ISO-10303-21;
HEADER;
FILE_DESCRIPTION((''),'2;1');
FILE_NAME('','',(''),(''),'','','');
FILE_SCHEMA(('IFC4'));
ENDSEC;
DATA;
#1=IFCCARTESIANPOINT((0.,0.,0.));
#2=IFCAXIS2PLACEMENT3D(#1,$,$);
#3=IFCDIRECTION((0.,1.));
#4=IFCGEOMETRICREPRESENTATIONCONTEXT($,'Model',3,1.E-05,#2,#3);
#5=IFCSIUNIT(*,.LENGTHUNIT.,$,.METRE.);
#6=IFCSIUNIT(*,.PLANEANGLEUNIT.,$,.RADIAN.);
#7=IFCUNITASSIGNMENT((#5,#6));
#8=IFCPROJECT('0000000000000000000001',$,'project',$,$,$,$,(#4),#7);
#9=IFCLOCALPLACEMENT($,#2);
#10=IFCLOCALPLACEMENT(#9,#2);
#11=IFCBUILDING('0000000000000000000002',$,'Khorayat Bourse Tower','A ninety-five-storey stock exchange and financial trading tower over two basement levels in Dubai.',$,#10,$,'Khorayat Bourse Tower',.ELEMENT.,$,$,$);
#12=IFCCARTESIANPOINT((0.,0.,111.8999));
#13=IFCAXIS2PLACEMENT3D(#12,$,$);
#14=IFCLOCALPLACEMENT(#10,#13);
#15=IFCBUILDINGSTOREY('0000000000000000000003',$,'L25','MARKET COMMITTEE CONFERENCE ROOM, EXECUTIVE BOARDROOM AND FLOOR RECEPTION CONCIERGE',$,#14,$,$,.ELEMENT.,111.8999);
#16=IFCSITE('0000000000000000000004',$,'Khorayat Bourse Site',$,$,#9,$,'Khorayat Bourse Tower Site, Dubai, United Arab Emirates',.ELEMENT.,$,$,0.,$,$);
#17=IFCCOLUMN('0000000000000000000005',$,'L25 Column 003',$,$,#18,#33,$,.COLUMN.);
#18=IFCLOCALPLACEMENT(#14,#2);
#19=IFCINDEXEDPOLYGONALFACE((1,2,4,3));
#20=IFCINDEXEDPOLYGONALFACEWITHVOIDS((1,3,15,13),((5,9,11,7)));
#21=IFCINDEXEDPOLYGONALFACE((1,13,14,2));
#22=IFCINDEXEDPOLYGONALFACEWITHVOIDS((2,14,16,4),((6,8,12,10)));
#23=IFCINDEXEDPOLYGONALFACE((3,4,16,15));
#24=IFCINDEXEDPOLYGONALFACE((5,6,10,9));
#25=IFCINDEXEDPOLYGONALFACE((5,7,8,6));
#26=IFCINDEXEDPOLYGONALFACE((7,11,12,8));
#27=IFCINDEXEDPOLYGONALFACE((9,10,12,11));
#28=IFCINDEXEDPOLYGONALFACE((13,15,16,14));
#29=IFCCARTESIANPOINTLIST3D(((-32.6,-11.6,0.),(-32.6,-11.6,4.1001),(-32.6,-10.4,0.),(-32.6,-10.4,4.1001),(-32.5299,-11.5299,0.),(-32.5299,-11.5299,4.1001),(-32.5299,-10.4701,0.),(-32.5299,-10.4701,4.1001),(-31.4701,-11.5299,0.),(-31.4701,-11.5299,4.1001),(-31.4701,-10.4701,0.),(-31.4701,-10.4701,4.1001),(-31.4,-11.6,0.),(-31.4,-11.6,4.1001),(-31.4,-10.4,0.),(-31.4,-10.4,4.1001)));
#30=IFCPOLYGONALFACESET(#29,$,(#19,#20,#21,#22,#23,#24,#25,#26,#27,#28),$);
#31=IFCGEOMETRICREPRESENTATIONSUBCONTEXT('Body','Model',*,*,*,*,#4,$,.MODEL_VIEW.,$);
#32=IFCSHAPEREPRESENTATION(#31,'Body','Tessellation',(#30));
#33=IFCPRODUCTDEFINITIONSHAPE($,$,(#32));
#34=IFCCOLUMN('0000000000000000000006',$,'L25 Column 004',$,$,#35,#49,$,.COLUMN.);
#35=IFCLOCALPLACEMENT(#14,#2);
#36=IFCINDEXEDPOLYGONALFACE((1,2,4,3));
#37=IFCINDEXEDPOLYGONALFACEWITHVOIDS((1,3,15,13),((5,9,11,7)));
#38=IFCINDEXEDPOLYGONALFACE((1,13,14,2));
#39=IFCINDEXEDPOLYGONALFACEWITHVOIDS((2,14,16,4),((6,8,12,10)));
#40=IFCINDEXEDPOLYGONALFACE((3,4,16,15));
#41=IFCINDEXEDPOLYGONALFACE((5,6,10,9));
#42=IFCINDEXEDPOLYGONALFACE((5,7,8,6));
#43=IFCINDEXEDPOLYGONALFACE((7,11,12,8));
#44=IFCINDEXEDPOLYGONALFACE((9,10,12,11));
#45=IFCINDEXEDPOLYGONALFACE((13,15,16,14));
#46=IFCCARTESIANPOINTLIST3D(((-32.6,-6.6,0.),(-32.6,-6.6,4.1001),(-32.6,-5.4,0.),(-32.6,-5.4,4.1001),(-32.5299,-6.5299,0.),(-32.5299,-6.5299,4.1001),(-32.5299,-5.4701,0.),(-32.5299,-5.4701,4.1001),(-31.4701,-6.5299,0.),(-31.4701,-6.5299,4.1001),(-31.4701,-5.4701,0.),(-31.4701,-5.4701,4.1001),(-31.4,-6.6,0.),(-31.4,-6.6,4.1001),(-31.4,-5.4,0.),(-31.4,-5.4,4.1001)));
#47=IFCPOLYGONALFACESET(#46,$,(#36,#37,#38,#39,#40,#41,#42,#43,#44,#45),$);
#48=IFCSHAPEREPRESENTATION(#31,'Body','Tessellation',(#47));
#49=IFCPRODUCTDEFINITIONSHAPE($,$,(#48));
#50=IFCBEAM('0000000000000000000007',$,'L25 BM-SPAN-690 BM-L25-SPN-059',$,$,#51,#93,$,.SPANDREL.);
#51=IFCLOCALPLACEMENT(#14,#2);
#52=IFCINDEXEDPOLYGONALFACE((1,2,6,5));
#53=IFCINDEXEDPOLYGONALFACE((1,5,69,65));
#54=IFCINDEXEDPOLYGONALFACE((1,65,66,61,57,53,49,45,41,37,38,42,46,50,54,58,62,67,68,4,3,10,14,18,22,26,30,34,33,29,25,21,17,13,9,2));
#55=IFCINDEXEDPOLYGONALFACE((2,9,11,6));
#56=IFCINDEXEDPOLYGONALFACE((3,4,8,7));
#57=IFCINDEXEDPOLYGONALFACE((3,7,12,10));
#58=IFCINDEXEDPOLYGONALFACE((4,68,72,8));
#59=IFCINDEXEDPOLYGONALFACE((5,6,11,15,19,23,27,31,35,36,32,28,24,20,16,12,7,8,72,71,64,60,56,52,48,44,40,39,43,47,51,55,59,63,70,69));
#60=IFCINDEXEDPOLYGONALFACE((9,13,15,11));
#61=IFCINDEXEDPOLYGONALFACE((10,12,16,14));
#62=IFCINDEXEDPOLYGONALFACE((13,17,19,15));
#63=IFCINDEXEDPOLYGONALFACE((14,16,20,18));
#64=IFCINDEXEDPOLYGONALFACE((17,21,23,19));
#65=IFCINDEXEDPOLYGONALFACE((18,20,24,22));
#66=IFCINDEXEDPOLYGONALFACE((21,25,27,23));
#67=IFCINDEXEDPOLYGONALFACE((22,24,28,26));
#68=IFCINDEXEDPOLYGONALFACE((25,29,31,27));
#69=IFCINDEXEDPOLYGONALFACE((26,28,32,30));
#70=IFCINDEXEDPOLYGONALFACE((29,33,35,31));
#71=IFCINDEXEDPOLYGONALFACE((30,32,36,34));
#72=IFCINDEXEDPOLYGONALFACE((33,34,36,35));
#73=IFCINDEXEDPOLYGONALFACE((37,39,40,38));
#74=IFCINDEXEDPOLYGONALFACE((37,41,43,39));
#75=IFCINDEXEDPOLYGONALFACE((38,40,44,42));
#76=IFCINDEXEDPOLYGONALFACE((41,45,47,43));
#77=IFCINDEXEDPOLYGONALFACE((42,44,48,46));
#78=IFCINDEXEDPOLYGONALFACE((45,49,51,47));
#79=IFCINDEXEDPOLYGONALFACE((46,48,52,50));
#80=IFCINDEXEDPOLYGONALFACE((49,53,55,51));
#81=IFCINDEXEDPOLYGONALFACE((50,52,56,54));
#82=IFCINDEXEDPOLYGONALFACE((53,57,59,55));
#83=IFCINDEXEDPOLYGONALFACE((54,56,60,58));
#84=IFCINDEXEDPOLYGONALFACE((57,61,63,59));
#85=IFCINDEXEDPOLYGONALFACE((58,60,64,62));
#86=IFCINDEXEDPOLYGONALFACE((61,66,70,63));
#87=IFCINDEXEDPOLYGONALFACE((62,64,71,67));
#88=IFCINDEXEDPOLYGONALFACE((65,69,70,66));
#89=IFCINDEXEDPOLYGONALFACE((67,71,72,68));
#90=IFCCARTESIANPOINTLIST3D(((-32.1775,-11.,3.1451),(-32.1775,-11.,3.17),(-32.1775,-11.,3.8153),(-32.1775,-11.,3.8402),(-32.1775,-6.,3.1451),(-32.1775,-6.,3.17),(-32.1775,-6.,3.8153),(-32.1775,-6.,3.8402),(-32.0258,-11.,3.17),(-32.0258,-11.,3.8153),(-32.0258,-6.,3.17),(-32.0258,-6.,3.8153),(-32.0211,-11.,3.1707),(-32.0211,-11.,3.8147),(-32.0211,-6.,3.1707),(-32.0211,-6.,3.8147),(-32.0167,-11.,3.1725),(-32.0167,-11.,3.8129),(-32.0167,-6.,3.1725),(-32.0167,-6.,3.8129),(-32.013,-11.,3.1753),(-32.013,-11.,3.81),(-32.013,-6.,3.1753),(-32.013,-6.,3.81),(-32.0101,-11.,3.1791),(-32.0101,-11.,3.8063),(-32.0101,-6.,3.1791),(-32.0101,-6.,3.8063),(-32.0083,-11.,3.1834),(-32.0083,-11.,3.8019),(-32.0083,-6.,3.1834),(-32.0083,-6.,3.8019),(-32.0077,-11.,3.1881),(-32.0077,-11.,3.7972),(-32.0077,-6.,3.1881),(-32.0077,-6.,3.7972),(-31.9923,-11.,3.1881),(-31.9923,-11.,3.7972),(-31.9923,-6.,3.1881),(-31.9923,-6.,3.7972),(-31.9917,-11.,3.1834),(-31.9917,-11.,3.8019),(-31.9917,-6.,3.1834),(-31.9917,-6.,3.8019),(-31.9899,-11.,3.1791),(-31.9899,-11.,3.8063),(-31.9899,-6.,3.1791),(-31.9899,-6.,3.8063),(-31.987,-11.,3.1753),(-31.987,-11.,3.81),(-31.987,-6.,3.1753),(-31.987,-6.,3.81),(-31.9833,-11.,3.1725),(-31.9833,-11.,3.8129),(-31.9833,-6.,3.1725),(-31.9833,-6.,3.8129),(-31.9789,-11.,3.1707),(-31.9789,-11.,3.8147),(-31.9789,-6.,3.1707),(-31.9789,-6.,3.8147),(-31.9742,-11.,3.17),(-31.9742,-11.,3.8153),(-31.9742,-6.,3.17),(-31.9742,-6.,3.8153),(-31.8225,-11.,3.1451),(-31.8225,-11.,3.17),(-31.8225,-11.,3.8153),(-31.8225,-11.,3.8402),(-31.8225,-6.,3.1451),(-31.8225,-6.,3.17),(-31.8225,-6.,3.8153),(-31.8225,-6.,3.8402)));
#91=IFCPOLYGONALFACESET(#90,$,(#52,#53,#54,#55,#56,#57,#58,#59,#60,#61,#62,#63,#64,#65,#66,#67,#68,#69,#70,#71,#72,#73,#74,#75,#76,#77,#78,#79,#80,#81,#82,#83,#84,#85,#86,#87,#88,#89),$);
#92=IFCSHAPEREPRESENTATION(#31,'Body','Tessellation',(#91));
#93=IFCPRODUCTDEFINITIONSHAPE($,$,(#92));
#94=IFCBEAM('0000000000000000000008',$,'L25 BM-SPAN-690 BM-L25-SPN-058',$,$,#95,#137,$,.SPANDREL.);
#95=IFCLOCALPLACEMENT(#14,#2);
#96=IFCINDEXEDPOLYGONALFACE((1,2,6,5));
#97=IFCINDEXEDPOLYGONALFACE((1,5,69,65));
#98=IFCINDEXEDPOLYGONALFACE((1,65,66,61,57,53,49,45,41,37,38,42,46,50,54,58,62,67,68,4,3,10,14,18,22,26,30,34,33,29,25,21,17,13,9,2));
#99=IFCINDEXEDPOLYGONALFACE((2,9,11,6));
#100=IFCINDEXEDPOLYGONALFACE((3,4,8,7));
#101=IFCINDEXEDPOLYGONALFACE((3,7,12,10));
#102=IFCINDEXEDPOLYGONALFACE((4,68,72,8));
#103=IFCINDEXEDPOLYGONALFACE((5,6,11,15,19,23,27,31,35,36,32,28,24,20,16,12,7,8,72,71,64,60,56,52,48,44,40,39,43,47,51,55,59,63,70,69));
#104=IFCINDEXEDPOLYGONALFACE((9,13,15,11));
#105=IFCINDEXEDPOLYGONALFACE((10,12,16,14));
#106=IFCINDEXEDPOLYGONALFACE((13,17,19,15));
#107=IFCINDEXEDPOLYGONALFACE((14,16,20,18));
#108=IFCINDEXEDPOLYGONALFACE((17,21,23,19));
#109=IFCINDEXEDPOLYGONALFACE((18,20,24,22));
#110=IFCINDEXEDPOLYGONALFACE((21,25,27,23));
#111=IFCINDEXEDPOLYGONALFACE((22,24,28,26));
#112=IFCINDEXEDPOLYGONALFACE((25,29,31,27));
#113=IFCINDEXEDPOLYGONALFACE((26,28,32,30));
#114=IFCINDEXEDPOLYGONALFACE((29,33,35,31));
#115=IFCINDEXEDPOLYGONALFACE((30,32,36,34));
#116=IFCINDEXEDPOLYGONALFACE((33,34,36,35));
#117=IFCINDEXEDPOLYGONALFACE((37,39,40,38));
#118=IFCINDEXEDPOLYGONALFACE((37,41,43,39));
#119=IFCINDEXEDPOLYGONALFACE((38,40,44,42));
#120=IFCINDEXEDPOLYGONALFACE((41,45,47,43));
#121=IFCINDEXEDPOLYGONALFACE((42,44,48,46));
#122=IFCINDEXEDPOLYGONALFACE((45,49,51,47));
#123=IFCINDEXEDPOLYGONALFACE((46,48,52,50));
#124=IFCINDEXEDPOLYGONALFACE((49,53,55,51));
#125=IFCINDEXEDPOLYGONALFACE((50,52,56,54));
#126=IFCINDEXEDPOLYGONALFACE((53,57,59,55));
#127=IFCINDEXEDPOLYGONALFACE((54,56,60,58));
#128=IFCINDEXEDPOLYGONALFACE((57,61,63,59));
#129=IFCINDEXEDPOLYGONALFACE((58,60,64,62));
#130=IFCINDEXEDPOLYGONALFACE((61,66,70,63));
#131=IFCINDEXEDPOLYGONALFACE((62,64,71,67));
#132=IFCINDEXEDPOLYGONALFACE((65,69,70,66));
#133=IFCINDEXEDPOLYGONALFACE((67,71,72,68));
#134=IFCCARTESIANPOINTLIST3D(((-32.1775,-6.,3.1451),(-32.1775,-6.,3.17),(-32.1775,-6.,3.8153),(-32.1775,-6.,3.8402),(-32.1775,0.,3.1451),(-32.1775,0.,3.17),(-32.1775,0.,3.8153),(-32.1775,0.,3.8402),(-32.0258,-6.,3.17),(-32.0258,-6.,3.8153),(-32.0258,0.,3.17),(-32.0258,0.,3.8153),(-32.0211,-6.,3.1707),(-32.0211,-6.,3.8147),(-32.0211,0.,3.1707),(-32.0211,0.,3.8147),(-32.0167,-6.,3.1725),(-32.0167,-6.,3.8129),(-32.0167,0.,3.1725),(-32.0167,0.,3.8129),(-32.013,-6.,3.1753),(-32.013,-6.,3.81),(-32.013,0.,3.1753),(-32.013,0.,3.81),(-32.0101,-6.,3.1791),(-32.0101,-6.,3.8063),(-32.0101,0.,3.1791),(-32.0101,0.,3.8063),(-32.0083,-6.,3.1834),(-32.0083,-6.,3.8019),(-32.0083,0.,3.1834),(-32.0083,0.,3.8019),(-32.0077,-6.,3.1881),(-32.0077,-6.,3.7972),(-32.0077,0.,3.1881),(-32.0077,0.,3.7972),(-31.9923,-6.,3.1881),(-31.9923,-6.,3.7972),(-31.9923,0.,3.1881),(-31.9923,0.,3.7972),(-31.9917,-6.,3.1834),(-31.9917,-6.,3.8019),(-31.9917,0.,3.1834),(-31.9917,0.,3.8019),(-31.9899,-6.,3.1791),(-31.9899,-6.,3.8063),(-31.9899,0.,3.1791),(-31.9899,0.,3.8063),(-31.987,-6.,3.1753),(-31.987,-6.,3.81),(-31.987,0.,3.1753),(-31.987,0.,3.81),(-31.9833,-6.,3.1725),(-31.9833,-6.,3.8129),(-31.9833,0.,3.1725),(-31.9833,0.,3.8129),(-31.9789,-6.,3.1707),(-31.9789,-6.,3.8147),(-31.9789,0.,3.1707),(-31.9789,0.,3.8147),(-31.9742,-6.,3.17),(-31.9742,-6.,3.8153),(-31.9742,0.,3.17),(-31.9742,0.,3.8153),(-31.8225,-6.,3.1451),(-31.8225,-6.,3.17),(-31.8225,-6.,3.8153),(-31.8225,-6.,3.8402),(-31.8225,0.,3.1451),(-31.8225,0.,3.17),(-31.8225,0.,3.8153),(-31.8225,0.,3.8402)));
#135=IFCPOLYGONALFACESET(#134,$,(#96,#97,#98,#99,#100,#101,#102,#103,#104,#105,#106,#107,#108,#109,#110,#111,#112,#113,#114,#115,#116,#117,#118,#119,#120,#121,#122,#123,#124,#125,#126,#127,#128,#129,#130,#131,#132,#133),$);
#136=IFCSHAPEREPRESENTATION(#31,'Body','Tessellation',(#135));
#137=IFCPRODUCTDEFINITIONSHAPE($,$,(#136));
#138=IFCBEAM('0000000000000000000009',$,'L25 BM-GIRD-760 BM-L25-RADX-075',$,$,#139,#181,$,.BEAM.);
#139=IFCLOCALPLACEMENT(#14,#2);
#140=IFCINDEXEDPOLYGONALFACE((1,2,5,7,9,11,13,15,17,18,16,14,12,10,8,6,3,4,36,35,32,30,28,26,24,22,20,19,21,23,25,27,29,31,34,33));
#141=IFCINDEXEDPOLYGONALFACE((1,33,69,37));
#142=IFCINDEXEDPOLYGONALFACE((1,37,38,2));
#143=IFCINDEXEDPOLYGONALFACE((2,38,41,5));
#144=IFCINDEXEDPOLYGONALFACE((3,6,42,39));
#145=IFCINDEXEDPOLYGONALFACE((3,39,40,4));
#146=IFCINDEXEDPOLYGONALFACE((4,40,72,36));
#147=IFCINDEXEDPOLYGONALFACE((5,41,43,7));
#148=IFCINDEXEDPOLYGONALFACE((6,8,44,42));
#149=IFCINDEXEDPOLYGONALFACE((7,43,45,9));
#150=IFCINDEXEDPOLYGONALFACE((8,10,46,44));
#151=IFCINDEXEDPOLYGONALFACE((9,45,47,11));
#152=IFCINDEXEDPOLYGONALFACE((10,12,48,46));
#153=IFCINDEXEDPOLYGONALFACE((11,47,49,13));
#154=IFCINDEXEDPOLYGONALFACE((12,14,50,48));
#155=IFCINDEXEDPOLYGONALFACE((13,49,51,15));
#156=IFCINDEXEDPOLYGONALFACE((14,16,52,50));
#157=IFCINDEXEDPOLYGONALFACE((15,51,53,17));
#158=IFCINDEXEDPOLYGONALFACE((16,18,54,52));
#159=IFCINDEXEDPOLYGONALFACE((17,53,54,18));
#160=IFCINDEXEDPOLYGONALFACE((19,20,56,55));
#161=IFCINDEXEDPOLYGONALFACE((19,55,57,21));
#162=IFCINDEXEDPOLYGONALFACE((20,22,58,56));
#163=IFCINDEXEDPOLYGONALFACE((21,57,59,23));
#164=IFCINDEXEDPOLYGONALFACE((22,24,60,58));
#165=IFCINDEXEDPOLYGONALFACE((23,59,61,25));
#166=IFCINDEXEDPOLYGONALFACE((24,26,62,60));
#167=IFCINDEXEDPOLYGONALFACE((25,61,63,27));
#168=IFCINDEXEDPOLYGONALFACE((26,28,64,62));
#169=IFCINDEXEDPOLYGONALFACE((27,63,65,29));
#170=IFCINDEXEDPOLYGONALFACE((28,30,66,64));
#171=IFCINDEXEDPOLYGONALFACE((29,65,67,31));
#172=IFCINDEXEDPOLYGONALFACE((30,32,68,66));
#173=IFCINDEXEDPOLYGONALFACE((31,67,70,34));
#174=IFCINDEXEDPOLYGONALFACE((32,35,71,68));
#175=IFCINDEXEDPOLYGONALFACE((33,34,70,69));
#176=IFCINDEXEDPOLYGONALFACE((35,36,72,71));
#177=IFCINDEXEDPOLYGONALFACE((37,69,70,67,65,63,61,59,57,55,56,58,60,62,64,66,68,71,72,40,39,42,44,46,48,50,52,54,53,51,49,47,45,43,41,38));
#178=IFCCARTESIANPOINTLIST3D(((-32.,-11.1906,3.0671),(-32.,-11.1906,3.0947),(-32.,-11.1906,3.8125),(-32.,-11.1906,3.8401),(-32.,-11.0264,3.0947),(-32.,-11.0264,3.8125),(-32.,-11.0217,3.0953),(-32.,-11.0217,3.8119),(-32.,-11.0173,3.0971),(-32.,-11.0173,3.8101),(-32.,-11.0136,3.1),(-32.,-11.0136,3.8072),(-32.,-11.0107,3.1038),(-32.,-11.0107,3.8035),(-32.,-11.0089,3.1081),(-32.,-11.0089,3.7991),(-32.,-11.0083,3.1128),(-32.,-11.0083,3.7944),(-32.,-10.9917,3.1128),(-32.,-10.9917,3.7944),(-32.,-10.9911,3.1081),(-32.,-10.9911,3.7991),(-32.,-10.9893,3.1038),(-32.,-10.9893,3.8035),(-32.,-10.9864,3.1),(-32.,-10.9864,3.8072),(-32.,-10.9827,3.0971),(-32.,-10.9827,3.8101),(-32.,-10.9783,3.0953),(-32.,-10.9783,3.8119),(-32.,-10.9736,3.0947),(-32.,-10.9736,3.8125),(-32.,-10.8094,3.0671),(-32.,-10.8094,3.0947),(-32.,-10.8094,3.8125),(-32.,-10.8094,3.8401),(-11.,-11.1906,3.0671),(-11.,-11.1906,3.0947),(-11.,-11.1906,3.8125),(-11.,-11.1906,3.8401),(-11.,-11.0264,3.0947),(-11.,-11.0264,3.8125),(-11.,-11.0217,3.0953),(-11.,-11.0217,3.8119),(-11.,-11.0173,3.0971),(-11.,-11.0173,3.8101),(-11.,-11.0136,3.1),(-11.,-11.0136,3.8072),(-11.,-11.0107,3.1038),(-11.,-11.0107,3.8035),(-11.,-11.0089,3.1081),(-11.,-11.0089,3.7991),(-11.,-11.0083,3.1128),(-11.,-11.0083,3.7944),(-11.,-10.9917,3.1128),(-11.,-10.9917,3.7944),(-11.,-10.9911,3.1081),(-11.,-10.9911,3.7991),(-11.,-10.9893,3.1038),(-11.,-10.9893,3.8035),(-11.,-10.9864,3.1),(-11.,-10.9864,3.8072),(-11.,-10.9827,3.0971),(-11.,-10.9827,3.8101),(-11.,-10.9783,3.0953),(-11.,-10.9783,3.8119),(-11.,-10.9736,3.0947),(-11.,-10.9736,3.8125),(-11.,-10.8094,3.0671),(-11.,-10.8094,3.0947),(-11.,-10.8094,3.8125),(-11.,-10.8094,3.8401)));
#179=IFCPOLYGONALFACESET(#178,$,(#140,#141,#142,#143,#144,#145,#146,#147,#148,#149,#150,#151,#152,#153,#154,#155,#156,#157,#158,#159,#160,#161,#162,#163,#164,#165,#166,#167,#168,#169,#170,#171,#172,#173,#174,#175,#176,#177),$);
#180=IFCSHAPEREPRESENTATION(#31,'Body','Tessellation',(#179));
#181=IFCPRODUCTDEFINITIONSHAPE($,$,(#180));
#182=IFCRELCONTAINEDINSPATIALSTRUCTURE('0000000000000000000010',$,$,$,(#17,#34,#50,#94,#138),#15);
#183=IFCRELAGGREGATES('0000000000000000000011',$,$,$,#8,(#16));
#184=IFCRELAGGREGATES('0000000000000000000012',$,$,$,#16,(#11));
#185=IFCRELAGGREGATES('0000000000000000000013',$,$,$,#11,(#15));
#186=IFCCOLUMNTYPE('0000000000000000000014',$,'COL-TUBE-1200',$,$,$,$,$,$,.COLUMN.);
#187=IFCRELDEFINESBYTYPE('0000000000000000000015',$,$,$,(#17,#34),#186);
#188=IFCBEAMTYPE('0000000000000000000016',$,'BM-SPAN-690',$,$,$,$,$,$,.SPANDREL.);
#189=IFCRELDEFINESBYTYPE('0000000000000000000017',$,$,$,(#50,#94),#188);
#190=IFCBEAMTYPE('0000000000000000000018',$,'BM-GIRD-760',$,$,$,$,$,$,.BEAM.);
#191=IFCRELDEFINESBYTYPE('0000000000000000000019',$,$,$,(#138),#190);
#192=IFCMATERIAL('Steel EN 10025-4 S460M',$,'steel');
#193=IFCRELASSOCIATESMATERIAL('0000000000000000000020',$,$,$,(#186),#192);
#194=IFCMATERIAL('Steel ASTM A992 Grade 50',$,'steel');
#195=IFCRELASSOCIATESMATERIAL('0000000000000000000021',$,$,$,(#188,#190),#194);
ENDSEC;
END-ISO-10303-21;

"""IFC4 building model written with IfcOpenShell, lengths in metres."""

from ifc_helpers import new_model, si_unit, direction, frame, origin, origin_2d, place, context, subcontext, project, spatial, hollow_rectangle, i_section, extrude, source, transform, mapped, material, material_profile, profile_set, type_object, element, save


model = new_model("IFC4")

# Units and contexts
model_context = context("Model", 3, precision=1e-05, world=origin(), true_north=direction((0.0, 1.0)))
body_context = subcontext(model_context, "Body", "Model", "MODEL_VIEW")
ifc_project = project(units=[si_unit("LENGTHUNIT", "METRE"), si_unit("PLANEANGLEUNIT", "RADIAN")], contexts=[model_context])

# Site, building, storey
site_placement = place(None, origin())
site = spatial("IfcSite", under=ifc_project, at=site_placement, Name="Khorayat Bourse Site", LongName="Khorayat Bourse Tower Site, Dubai, United Arab Emirates", CompositionType="ELEMENT", RefElevation=0.0)
building_placement = place(site_placement, origin())
building = spatial("IfcBuilding", under=site, at=building_placement, Name="Khorayat Bourse Tower", Description="A ninety-five-storey stock exchange and financial trading tower over two basement levels in Dubai.", LongName="Khorayat Bourse Tower", CompositionType="ELEMENT")
storey_placement = place(building_placement, frame((0.0, 0.0, 111.8999)))
storey = spatial("IfcBuildingStorey", under=building, at=storey_placement, Name="L25", Description="MARKET COMMITTEE CONFERENCE ROOM, EXECUTIVE BOARDROOM AND FLOOR RECEPTION CONCIERGE", CompositionType="ELEMENT", Elevation=111.8999)

# Columns
ifc_material_1 = material(Name="Steel EN 10025-4 S460M", Category="steel")
ifc_material_profile_1 = material_profile(ifc_material_1, hollow_rectangle(XDim=1.2, YDim=1.2, WallThickness=0.0701, at=origin_2d()), Name="BOX 1200x1200x70")
ifc_profile_set_1 = profile_set([ifc_material_profile_1], Name="Steel EN 10025-4 S460M")
column_type = type_object("IfcColumnType", Name="COL-TUBE-1200", PredefinedType="COLUMN", material=ifc_profile_set_1)
shared_shape_1 = source(origin(), body_context, "Body", "SweptSolid", [
    extrude(hollow_rectangle(XDim=1.2, YDim=1.2, WallThickness=0.0701, at=origin_2d()), origin(), (0.0, 0.0, 1.0), 4.1001),
])
for number, where, z_axis, x_axis, name in (
    (1, (-32.0, -11.0, 0.0), (0.0, 0.0, 1.0), (1.0, 0.0, 0.0), "L25 Column 003"),
    (2, (-32.0, -6.0, 0.0), (0.0, 0.0, 1.0), (1.0, 0.0, 0.0), "L25 Column 004"),
):
    element("IfcColumn", number, at=place(storey_placement, frame(where, z_axis=z_axis, x_axis=x_axis)), inside=storey, type_object=column_type, Name=name, PredefinedType="COLUMN", context=body_context, shape_type="MappedRepresentation", body=[
        mapped(shared_shape_1, transform((0.0, 0.0, 0.0), scale=1.0)),
    ])

# Beams
ifc_material_2 = material(Name="Steel ASTM A992 Grade 50", Category="steel")
ifc_material_profile_2 = material_profile(ifc_material_2, i_section(OverallWidth=0.355, OverallDepth=0.6951, WebThickness=0.0154, FlangeThickness=0.0249, FilletRadius=0.0181, at=origin_2d()), Name="W690X217")
ifc_profile_set_2 = profile_set([ifc_material_profile_2], Name="Steel ASTM A992 Grade 50")
beam_type_1 = type_object("IfcBeamType", Name="BM-SPAN-690", PredefinedType="SPANDREL", material=ifc_profile_set_2)
shared_shape_2 = source(origin(), body_context, "Body", "SweptSolid", [
    extrude(i_section(OverallWidth=0.355, OverallDepth=0.6951, WebThickness=0.0154, FlangeThickness=0.0249, FilletRadius=0.0181, at=origin_2d()), origin(), (0.0, 0.0, 1.0), 5.0),
])
beam_1_placement = place(storey_placement, frame((-32.0, -11.0, 3.4927), z_axis=(0.0, 1.0, 0.0), x_axis=(-1.0, 0.0, 0.0)))
element("IfcBeam", 3, at=beam_1_placement, inside=storey, type_object=beam_type_1, Name="L25 BM-SPAN-690 BM-L25-SPN-059", PredefinedType="SPANDREL", context=body_context, shape_type="MappedRepresentation", body=[
    mapped(shared_shape_2, transform((0.0, 0.0, 0.0), scale=1.0)),
])
shared_shape_3 = source(origin(), body_context, "Body", "SweptSolid", [
    extrude(i_section(OverallWidth=0.355, OverallDepth=0.6951, WebThickness=0.0154, FlangeThickness=0.0249, FilletRadius=0.0181, at=origin_2d()), origin(), (0.0, 0.0, 1.0), 6.0),
])
beam_2_placement = place(storey_placement, frame((-32.0, -6.0, 3.4927), z_axis=(0.0, 1.0, 0.0), x_axis=(-1.0, 0.0, 0.0)))
element("IfcBeam", 4, at=beam_2_placement, inside=storey, type_object=beam_type_1, Name="L25 BM-SPAN-690 BM-L25-SPN-058", PredefinedType="SPANDREL", context=body_context, shape_type="MappedRepresentation", body=[
    mapped(shared_shape_3, transform((0.0, 0.0, 0.0), scale=1.0)),
])
ifc_material_profile_3 = material_profile(ifc_material_2, i_section(OverallWidth=0.3811, OverallDepth=0.7729, WebThickness=0.0166, FlangeThickness=0.0276, FilletRadius=0.0181, at=origin_2d()), Name="W760X257")
ifc_profile_set_3 = profile_set([ifc_material_profile_3], Name="Steel ASTM A992 Grade 50")
beam_type_2 = type_object("IfcBeamType", Name="BM-GIRD-760", PredefinedType="BEAM", material=ifc_profile_set_3)
shared_shape_4 = source(origin(), body_context, "Body", "SweptSolid", [
    extrude(i_section(OverallWidth=0.3811, OverallDepth=0.7729, WebThickness=0.0166, FlangeThickness=0.0276, FilletRadius=0.0181, at=origin_2d()), origin(), (0.0, 0.0, 1.0), 21.0),
])
for number, where, z_axis, x_axis, name in (
    (5, (-32.0, -11.0, 3.4536), (1.0, 0.0, 0.0), (0.0, 1.0, 0.0), "L25 BM-GIRD-760 BM-L25-RADX-075"),
):
    element("IfcBeam", number, at=place(storey_placement, frame(where, z_axis=z_axis, x_axis=x_axis)), inside=storey, type_object=beam_type_2, Name=name, PredefinedType="BEAM", context=body_context, shape_type="MappedRepresentation", body=[
        mapped(shared_shape_4, transform((0.0, 0.0, 0.0), scale=1.0)),
    ])

save(model, "model.ifc")
